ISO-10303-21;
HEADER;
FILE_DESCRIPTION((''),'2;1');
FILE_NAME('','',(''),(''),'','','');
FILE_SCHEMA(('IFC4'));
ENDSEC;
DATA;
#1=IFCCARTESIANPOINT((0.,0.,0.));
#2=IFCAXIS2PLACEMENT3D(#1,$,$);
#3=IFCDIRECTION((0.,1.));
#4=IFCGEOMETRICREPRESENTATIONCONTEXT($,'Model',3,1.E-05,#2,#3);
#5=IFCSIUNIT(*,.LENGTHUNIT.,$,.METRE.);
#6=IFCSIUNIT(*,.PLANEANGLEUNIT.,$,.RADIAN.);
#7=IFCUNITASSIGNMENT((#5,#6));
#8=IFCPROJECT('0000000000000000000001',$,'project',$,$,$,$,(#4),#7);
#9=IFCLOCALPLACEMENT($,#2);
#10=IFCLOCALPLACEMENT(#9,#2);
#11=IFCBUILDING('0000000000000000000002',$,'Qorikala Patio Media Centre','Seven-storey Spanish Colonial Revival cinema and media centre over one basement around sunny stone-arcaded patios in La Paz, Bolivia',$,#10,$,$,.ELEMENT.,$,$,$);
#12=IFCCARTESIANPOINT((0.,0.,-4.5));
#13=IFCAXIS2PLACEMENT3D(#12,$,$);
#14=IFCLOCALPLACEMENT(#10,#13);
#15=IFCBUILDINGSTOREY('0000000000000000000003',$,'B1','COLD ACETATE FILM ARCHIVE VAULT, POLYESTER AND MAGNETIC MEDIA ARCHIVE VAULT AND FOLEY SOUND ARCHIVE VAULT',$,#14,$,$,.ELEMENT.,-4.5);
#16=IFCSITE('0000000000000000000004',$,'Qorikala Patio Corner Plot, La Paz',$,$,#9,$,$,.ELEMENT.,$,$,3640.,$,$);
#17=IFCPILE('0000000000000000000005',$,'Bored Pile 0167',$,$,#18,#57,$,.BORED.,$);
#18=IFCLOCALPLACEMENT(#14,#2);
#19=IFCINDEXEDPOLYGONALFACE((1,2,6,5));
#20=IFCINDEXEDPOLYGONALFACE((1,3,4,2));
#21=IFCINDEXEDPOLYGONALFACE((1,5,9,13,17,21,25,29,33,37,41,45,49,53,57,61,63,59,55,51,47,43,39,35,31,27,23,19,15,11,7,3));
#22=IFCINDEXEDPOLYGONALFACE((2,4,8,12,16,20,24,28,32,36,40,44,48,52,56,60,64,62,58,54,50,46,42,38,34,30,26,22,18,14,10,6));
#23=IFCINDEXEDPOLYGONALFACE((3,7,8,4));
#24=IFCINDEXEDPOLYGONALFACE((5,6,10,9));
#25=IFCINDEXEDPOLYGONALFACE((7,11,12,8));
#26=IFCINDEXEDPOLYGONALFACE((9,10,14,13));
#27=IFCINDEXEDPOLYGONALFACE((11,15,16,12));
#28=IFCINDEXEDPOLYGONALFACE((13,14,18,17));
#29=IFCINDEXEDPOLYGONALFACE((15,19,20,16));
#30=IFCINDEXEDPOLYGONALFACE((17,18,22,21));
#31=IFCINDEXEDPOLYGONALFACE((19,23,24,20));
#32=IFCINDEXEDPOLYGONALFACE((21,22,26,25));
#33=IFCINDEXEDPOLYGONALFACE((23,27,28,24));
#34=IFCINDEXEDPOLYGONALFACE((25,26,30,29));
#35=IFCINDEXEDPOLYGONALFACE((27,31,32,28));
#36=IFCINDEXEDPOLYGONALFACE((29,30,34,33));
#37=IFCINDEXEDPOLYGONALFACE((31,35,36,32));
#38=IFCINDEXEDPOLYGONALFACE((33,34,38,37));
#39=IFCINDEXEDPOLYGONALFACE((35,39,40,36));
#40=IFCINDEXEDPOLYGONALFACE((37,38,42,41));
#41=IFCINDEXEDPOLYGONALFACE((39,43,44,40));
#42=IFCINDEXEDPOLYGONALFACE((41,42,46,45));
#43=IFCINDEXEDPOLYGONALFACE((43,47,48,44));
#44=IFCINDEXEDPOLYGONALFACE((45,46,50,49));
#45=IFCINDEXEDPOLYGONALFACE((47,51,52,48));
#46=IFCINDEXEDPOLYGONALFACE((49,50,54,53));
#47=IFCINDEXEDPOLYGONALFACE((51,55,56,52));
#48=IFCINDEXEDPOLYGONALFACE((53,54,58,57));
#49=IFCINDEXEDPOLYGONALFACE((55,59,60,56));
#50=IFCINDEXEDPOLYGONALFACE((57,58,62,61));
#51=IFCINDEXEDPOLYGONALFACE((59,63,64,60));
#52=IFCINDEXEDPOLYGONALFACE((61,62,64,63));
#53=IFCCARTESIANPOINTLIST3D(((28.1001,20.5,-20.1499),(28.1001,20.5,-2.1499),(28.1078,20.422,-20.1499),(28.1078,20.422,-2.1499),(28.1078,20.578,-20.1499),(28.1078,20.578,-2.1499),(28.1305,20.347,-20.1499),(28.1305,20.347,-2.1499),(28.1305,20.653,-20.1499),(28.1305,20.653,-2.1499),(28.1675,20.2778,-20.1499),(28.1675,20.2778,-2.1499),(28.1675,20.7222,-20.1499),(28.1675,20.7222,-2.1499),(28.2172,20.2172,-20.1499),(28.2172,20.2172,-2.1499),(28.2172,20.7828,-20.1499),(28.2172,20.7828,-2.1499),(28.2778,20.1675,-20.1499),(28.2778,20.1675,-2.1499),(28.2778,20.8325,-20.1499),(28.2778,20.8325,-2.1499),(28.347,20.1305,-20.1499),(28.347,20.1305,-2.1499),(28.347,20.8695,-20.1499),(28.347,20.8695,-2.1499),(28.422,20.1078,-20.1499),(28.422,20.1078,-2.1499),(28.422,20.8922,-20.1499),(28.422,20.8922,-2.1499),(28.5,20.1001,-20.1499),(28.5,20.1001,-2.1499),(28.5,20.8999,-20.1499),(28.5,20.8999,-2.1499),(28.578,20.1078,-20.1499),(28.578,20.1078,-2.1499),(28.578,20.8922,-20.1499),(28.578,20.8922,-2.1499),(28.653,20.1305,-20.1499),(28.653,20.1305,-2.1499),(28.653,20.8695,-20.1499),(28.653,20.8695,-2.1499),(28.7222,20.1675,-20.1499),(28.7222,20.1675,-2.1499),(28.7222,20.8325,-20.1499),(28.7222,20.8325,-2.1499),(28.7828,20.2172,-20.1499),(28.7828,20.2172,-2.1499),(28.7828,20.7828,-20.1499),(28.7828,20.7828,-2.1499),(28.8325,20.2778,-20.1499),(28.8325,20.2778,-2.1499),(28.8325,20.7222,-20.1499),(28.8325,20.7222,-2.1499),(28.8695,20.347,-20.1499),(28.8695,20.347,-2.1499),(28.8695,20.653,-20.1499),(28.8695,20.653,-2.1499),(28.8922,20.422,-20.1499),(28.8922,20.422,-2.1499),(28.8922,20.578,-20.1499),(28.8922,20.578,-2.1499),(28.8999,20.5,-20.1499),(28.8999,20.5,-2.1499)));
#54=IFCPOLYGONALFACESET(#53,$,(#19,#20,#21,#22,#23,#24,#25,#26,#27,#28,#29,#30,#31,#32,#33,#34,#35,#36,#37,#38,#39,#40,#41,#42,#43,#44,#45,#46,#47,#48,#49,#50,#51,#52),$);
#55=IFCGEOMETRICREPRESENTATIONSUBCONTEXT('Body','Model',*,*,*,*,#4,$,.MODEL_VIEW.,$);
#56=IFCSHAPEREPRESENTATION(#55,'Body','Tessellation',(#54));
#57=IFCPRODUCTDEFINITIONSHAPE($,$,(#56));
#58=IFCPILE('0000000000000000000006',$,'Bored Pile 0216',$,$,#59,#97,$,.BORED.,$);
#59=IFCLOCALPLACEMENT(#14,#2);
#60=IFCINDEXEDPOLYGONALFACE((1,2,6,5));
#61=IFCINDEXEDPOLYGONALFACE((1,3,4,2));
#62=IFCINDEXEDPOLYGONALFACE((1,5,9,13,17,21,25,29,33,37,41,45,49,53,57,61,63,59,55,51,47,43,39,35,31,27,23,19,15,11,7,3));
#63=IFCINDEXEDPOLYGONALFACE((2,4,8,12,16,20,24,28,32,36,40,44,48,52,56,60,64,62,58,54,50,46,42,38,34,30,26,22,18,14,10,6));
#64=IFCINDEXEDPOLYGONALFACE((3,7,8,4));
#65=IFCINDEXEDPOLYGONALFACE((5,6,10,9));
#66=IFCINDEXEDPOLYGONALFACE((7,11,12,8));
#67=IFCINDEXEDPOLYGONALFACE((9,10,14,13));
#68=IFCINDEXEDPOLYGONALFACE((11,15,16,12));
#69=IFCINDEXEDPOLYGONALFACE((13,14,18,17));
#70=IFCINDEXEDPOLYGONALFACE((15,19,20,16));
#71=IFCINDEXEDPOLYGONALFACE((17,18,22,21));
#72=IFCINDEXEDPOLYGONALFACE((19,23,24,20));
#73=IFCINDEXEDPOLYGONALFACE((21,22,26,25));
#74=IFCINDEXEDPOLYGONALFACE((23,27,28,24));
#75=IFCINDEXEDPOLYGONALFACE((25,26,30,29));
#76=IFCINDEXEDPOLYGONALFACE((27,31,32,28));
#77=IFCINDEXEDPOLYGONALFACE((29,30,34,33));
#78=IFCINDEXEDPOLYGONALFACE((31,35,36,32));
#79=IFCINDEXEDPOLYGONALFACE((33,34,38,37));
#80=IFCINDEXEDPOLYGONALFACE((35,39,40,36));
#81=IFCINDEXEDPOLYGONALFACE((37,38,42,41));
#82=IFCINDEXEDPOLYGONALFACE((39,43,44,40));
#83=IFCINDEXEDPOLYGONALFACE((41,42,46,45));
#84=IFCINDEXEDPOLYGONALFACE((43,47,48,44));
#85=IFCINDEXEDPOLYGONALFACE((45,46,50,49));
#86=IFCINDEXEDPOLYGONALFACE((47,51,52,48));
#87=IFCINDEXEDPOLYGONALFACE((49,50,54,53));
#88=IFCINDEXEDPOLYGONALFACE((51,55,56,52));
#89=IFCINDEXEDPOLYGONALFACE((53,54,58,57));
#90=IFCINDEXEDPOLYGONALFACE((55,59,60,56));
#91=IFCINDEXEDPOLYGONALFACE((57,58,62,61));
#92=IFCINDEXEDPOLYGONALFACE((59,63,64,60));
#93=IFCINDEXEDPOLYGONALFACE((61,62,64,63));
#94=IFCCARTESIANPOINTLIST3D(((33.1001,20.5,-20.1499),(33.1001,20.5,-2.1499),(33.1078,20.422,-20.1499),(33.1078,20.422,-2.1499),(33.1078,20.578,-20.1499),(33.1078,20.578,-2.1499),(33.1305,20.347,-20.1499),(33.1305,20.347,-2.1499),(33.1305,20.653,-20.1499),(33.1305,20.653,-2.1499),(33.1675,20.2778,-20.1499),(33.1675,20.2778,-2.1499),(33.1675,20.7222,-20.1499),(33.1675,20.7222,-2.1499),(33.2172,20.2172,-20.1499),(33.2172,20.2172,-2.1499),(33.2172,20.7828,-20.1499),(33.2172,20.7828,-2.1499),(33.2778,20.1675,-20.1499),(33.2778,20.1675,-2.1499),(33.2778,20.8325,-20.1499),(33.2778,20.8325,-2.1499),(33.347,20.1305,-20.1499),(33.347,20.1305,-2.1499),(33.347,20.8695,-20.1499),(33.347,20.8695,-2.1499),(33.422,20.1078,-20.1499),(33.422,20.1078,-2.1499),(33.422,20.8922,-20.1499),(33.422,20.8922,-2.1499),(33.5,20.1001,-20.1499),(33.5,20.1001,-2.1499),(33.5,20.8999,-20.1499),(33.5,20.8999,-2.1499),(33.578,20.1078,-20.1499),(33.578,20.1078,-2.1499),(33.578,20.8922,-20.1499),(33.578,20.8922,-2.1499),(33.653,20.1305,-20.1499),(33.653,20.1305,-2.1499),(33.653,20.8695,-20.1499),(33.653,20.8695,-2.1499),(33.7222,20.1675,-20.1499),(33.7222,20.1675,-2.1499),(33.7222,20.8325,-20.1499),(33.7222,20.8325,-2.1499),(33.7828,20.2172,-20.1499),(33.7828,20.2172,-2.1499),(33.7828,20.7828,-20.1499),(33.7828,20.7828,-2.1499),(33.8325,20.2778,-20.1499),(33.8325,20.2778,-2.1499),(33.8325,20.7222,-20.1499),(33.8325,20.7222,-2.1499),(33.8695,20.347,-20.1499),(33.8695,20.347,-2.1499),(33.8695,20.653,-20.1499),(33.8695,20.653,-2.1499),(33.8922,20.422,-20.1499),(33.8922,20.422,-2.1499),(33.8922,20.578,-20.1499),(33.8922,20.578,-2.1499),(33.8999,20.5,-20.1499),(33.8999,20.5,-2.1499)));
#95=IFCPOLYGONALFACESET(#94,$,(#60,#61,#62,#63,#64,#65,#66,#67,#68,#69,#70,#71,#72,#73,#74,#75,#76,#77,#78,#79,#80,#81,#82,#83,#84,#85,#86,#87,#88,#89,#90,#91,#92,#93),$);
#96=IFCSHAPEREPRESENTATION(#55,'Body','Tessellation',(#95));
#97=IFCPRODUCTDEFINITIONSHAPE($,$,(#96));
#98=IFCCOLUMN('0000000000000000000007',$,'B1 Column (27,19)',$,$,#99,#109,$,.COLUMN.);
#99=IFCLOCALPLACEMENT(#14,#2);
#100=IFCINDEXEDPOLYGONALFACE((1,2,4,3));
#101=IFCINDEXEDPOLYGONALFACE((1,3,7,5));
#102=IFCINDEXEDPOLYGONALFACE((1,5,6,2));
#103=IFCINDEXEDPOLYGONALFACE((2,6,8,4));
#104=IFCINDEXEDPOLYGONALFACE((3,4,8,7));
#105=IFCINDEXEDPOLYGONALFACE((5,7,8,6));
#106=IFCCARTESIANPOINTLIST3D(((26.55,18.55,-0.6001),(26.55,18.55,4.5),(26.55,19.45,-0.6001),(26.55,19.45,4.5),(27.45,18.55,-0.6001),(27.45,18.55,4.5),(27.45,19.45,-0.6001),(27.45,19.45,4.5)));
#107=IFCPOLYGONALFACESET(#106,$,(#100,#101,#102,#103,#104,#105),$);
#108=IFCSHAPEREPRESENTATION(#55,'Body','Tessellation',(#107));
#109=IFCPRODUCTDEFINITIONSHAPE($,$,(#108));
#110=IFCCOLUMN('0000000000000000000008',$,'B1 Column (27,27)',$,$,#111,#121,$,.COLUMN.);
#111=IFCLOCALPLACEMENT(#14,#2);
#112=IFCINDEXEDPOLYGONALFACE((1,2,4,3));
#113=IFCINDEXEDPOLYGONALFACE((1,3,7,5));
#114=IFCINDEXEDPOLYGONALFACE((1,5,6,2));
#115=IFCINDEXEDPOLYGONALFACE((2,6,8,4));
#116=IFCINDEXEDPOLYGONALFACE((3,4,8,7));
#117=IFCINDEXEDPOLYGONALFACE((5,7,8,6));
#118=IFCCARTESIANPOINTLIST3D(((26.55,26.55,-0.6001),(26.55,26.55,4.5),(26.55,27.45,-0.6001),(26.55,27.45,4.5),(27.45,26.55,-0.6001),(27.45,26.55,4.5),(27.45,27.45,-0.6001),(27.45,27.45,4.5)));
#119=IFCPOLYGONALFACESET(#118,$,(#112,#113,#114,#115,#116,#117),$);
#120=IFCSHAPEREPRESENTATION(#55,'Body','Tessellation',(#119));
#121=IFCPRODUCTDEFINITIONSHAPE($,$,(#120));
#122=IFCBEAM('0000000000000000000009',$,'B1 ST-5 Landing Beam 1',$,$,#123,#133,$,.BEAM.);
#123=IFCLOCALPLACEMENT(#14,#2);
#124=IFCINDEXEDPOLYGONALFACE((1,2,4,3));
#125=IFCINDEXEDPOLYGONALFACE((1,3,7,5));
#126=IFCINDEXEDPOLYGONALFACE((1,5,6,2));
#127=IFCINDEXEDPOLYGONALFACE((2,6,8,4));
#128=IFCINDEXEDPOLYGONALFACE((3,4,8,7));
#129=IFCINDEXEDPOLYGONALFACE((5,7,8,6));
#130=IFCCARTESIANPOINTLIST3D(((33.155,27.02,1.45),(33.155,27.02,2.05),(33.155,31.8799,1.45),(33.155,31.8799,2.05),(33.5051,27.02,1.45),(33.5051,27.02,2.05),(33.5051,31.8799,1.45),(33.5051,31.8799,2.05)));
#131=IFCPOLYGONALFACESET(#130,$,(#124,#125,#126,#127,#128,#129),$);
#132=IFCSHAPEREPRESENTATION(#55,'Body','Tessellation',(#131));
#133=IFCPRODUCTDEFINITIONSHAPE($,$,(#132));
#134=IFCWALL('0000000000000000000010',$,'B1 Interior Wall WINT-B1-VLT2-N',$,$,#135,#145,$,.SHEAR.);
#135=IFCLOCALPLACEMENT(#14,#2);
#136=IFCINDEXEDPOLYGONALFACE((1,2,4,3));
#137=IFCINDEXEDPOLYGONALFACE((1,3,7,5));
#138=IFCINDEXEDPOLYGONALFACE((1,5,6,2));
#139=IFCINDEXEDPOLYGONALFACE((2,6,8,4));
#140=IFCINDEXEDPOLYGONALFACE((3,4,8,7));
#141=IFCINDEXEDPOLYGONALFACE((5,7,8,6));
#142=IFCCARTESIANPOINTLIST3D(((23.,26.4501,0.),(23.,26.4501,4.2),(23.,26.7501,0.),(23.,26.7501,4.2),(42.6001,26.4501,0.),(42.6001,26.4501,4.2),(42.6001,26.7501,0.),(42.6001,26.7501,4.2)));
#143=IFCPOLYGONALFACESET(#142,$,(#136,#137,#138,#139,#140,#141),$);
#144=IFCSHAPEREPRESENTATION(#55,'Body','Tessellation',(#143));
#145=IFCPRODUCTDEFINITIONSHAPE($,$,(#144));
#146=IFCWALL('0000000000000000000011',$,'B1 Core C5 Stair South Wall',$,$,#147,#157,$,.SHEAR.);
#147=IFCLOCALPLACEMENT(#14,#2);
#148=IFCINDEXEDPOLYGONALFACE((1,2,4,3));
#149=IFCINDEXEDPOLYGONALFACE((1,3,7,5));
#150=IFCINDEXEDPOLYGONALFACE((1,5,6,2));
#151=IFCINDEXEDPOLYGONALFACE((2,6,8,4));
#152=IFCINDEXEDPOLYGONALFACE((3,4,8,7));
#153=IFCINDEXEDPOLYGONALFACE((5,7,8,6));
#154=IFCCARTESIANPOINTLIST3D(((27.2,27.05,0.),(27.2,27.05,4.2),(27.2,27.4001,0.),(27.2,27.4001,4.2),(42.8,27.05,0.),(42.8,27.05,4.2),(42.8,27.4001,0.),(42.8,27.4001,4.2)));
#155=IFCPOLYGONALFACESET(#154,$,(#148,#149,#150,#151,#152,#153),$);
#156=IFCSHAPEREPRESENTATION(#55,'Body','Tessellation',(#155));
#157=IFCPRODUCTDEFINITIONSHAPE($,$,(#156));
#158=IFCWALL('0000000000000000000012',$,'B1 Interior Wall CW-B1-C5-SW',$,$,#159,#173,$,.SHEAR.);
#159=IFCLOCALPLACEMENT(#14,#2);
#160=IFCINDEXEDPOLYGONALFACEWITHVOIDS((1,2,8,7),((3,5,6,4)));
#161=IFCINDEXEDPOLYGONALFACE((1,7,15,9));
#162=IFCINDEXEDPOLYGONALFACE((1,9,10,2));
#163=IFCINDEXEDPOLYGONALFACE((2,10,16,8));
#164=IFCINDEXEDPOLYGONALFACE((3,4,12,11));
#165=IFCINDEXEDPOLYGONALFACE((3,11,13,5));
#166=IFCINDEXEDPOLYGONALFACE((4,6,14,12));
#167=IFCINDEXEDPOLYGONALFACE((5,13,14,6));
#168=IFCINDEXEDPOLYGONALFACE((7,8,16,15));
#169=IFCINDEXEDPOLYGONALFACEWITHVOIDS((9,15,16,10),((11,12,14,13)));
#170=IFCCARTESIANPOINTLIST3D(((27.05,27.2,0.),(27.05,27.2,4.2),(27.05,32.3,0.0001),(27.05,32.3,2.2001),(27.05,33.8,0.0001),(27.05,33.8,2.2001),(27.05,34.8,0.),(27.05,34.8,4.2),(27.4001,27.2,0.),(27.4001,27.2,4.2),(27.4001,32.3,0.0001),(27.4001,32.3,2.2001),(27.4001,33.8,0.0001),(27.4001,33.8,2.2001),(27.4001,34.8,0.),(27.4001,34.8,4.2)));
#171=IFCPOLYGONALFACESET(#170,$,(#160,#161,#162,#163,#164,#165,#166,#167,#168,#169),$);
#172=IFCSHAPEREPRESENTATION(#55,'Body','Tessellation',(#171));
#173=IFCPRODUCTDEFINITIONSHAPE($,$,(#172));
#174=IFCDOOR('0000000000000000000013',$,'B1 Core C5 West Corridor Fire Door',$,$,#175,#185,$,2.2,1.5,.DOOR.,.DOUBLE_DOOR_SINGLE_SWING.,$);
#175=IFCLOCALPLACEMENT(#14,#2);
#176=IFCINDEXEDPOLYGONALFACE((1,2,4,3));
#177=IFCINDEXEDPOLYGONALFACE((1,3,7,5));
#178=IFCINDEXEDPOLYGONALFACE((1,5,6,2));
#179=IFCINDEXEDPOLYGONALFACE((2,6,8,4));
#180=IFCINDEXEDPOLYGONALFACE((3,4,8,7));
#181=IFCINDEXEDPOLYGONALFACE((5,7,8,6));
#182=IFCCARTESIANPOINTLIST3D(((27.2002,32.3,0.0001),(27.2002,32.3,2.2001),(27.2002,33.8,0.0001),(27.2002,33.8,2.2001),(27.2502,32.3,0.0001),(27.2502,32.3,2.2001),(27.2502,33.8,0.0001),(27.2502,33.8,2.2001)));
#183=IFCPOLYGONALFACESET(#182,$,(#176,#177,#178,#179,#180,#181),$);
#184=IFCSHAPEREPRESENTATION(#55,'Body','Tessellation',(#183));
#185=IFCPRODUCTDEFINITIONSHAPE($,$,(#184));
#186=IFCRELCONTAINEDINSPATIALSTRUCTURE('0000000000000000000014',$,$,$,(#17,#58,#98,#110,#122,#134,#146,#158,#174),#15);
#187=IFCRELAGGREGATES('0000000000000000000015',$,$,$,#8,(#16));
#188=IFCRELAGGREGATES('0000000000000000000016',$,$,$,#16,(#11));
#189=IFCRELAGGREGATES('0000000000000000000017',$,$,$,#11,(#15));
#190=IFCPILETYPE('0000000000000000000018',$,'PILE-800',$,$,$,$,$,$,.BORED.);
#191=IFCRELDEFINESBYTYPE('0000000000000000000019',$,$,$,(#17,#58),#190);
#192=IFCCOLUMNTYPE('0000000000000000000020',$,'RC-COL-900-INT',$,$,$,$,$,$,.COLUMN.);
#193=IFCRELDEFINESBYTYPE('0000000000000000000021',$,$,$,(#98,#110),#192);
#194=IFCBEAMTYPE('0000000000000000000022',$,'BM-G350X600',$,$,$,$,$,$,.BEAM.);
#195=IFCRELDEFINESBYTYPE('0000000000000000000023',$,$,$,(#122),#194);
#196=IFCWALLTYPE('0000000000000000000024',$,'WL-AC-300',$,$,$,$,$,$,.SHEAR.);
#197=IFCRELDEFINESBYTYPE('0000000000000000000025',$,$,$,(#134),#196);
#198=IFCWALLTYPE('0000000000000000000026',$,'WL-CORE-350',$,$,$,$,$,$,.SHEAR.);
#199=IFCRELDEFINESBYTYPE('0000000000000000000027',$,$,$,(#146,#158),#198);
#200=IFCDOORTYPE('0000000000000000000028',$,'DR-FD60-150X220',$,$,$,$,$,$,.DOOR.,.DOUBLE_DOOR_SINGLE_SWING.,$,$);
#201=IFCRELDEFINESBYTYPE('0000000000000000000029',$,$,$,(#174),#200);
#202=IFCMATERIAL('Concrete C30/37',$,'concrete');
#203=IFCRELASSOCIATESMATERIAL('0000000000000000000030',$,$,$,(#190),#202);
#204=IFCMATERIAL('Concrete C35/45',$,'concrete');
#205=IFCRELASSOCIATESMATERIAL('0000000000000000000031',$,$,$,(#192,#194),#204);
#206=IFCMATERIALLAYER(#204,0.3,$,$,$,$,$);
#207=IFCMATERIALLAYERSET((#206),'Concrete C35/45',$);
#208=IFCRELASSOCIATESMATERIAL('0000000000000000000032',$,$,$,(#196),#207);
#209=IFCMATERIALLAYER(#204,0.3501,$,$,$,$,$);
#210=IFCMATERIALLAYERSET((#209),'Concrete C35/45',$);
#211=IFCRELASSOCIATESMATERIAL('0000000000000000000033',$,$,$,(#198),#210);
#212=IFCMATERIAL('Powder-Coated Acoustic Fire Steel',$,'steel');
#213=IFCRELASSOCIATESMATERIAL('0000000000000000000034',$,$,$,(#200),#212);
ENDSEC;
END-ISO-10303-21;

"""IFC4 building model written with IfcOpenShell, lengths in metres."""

from ifc_helpers import new_model, si_unit, direction, frame, frame_2d, origin, origin_2d, place, context, subcontext, project, spatial, rectangle, circle, extrude, material, layer, layer_set, material_profile, profile_set, type_object, element, fill, save


model = new_model("IFC4")

# Units and contexts
model_context = context("Model", 3, precision=1e-05, world=origin(), true_north=direction((0.0, 1.0)))
body_context = subcontext(model_context, "Body", "Model", "MODEL_VIEW")
ifc_project = project(units=[si_unit("LENGTHUNIT", "METRE"), si_unit("PLANEANGLEUNIT", "RADIAN")], contexts=[model_context])

# Site, building, storey
site_placement = place(None, origin())
site = spatial("IfcSite", under=ifc_project, at=site_placement, Name="Qorikala Patio Corner Plot, La Paz", CompositionType="ELEMENT", RefElevation=3640.0)
building_placement = place(site_placement, origin())
building = spatial("IfcBuilding", under=site, at=building_placement, Name="Qorikala Patio Media Centre", Description="Seven-storey Spanish Colonial Revival cinema and media centre over one basement around sunny stone-arcaded patios in La Paz, Bolivia", CompositionType="ELEMENT")
storey_placement = place(building_placement, frame((0.0, 0.0, -4.5)))
storey = spatial("IfcBuildingStorey", under=building, at=storey_placement, Name="B1", Description="COLD ACETATE FILM ARCHIVE VAULT, POLYESTER AND MAGNETIC MEDIA ARCHIVE VAULT AND FOLEY SOUND ARCHIVE VAULT", CompositionType="ELEMENT", Elevation=-4.5)

# Shared definitions
ifc_material_1 = material(Name="Concrete C30/37", Category="concrete")

# Piles
ifc_material_profile_1 = material_profile(ifc_material_1, circle(Radius=0.3999, at=origin_2d()), Name="BORED PILE 800")
ifc_profile_set_1 = profile_set([ifc_material_profile_1], Name="Concrete C30/37")
pile_type_1 = type_object("IfcPileType", Name="PILE-800", PredefinedType="BORED", material=ifc_profile_set_1)
for number, where, z_axis, x_axis, name in (
    (1, (28.5, 20.5, -2.1499), (0.0, 0.0, -1.0), (1.0, 0.0, 0.0), "Bored Pile 0167"),
    (2, (33.5, 20.5, -2.1499), (0.0, 0.0, -1.0), (1.0, 0.0, 0.0), "Bored Pile 0216"),
):
    element("IfcPile", number, at=place(storey_placement, frame(where, z_axis=z_axis, x_axis=x_axis)), inside=storey, type_object=pile_type_1, Name=name, PredefinedType="BORED", context=body_context, shape_type="SweptSolid", body=[
        extrude(circle(Radius=0.3999, at=origin_2d()), origin(), (0.0, 0.0, 1.0), 18.0),
    ])

# Columns
ifc_material_2 = material(Name="Concrete C35/45", Category="concrete")
ifc_material_profile_2 = material_profile(ifc_material_2, rectangle(XDim=0.8999, YDim=0.8999, at=origin_2d()), Name="RC 900x900")
ifc_profile_set_2 = profile_set([ifc_material_profile_2], Name="Concrete C35/45")
column_type = type_object("IfcColumnType", Name="RC-COL-900-INT", PredefinedType="COLUMN", material=ifc_profile_set_2)
for number, where, z_axis, x_axis, name in (
    (3, (27.0, 19.0, -0.6001), (0.0, 0.0, 1.0), (1.0, 0.0, 0.0), "B1 Column (27,19)"),
    (4, (27.0, 27.0, -0.6001), (0.0, 0.0, 1.0), (1.0, 0.0, 0.0), "B1 Column (27,27)"),
):
    element("IfcColumn", number, at=place(storey_placement, frame(where, z_axis=z_axis, x_axis=x_axis)), inside=storey, type_object=column_type, Name=name, PredefinedType="COLUMN", context=body_context, shape_type="SweptSolid", body=[
        extrude(rectangle(XDim=0.8999, YDim=0.8999, at=origin_2d()), origin(), (0.0, 0.0, 1.0), 5.1001),
    ])

# Beam
ifc_material_profile_3 = material_profile(ifc_material_2, rectangle(XDim=0.3501, YDim=0.6001, at=origin_2d()), Name="RC 350x600")
ifc_profile_set_3 = profile_set([ifc_material_profile_3], Name="Concrete C35/45")
beam_type = type_object("IfcBeamType", Name="BM-G350X600", PredefinedType="BEAM", material=ifc_profile_set_3)
beam_placement = place(storey_placement, frame((33.3301, 27.02, 1.75), z_axis=(0.0, 1.0, 0.0), x_axis=(-1.0, 0.0, 0.0)))
element("IfcBeam", 5, at=beam_placement, inside=storey, type_object=beam_type, Name="B1 ST-5 Landing Beam 1", PredefinedType="BEAM", context=body_context, shape_type="SweptSolid", body=[
    extrude(rectangle(XDim=0.3501, YDim=0.6001, at=origin_2d()), origin(), (0.0, 0.0, 1.0), 4.8599),
])

# Walls
ifc_layer_1 = layer(ifc_material_2, 0.3)
ifc_layer_set_1 = layer_set([ifc_layer_1], Name="Concrete C35/45")
wall_type_1 = type_object("IfcWallType", Name="WL-AC-300", PredefinedType="SHEAR", material=ifc_layer_set_1)
wall_1_placement = place(storey_placement, frame((23.0, 26.6001, 0.0), z_axis=(0.0, 0.0, 1.0), x_axis=(1.0, 0.0, 0.0)))
element("IfcWall", 6, at=wall_1_placement, inside=storey, type_object=wall_type_1, Name="B1 Interior Wall WINT-B1-VLT2-N", PredefinedType="SHEAR", context=body_context, shape_type="SweptSolid", body=[
    extrude(rectangle(XDim=19.6001, YDim=0.3, at=frame_2d((9.8, 0.0))), origin(), (0.0, 0.0, 1.0), 4.2),
])
ifc_layer_2 = layer(ifc_material_2, 0.3501)
ifc_layer_set_2 = layer_set([ifc_layer_2], Name="Concrete C35/45")
wall_type_2 = type_object("IfcWallType", Name="WL-CORE-350", PredefinedType="SHEAR", material=ifc_layer_set_2)
wall_2_placement = place(storey_placement, frame((27.2, 27.2251, 0.0), z_axis=(0.0, 0.0, 1.0), x_axis=(1.0, 0.0, 0.0)))
element("IfcWall", 7, at=wall_2_placement, inside=storey, type_object=wall_type_2, Name="B1 Core C5 Stair South Wall", PredefinedType="SHEAR", context=body_context, shape_type="SweptSolid", body=[
    extrude(rectangle(XDim=15.6001, YDim=0.3501, at=frame_2d((7.8, 0.0))), origin(), (0.0, 0.0, 1.0), 4.2),
])

# Wall, opening, door
wall_3_placement = place(storey_placement, frame((27.2251, 27.2, 0.0), z_axis=(0.0, 0.0, 1.0), x_axis=(0.0, 1.0, 0.0)))
wall_3 = element("IfcWall", 8, at=wall_3_placement, inside=storey, type_object=wall_type_2, Name="B1 Interior Wall CW-B1-C5-SW", PredefinedType="SHEAR", context=body_context, shape_type="SweptSolid", body=[
    extrude(rectangle(XDim=7.6001, YDim=0.3501, at=frame_2d((3.8, 0.0))), origin(), (0.0, 0.0, 1.0), 4.2),
])
opening_placement = place(wall_3_placement, frame((5.1001, 0.0, 0.0)))
opening = element("IfcOpeningElement", 9, at=opening_placement, cuts=wall_3, PredefinedType="OPENING", context=body_context, shape_type="SweptSolid", body=[
    extrude(rectangle(XDim=1.5, YDim=2.2, at=frame_2d((0.75, 1.1001))), frame((0.0, 0.1851, 0.0), z_axis=(0.0, -1.0, 0.0), x_axis=(1.0, 0.0, 0.0)), (0.0, 0.0, 1.0), 0.3701),
])
ifc_material_3 = material(Name="Powder-Coated Acoustic Fire Steel", Category="steel")
door_type = type_object("IfcDoorType", Name="DR-FD60-150X220", OperationType="DOUBLE_DOOR_SINGLE_SWING", PredefinedType="DOOR", material=ifc_material_3)
door_placement = place(opening_placement, origin())
door = element("IfcDoor", 10, at=door_placement, inside=storey, type_object=door_type, Name="B1 Core C5 West Corridor Fire Door", OperationType="DOUBLE_DOOR_SINGLE_SWING", OverallHeight=2.2, OverallWidth=1.5, PredefinedType="DOOR", context=body_context, shape_type="SweptSolid", body=[
    extrude(rectangle(XDim=1.5, YDim=2.2, at=frame_2d((0.75, 1.1001))), frame((0.0, 0.0249, 0.0), z_axis=(0.0, -1.0, 0.0), x_axis=(1.0, 0.0, 0.0)), (0.0, 0.0, 1.0), 0.05),
])
fill(opening, door)

save(model, "model.ifc")
